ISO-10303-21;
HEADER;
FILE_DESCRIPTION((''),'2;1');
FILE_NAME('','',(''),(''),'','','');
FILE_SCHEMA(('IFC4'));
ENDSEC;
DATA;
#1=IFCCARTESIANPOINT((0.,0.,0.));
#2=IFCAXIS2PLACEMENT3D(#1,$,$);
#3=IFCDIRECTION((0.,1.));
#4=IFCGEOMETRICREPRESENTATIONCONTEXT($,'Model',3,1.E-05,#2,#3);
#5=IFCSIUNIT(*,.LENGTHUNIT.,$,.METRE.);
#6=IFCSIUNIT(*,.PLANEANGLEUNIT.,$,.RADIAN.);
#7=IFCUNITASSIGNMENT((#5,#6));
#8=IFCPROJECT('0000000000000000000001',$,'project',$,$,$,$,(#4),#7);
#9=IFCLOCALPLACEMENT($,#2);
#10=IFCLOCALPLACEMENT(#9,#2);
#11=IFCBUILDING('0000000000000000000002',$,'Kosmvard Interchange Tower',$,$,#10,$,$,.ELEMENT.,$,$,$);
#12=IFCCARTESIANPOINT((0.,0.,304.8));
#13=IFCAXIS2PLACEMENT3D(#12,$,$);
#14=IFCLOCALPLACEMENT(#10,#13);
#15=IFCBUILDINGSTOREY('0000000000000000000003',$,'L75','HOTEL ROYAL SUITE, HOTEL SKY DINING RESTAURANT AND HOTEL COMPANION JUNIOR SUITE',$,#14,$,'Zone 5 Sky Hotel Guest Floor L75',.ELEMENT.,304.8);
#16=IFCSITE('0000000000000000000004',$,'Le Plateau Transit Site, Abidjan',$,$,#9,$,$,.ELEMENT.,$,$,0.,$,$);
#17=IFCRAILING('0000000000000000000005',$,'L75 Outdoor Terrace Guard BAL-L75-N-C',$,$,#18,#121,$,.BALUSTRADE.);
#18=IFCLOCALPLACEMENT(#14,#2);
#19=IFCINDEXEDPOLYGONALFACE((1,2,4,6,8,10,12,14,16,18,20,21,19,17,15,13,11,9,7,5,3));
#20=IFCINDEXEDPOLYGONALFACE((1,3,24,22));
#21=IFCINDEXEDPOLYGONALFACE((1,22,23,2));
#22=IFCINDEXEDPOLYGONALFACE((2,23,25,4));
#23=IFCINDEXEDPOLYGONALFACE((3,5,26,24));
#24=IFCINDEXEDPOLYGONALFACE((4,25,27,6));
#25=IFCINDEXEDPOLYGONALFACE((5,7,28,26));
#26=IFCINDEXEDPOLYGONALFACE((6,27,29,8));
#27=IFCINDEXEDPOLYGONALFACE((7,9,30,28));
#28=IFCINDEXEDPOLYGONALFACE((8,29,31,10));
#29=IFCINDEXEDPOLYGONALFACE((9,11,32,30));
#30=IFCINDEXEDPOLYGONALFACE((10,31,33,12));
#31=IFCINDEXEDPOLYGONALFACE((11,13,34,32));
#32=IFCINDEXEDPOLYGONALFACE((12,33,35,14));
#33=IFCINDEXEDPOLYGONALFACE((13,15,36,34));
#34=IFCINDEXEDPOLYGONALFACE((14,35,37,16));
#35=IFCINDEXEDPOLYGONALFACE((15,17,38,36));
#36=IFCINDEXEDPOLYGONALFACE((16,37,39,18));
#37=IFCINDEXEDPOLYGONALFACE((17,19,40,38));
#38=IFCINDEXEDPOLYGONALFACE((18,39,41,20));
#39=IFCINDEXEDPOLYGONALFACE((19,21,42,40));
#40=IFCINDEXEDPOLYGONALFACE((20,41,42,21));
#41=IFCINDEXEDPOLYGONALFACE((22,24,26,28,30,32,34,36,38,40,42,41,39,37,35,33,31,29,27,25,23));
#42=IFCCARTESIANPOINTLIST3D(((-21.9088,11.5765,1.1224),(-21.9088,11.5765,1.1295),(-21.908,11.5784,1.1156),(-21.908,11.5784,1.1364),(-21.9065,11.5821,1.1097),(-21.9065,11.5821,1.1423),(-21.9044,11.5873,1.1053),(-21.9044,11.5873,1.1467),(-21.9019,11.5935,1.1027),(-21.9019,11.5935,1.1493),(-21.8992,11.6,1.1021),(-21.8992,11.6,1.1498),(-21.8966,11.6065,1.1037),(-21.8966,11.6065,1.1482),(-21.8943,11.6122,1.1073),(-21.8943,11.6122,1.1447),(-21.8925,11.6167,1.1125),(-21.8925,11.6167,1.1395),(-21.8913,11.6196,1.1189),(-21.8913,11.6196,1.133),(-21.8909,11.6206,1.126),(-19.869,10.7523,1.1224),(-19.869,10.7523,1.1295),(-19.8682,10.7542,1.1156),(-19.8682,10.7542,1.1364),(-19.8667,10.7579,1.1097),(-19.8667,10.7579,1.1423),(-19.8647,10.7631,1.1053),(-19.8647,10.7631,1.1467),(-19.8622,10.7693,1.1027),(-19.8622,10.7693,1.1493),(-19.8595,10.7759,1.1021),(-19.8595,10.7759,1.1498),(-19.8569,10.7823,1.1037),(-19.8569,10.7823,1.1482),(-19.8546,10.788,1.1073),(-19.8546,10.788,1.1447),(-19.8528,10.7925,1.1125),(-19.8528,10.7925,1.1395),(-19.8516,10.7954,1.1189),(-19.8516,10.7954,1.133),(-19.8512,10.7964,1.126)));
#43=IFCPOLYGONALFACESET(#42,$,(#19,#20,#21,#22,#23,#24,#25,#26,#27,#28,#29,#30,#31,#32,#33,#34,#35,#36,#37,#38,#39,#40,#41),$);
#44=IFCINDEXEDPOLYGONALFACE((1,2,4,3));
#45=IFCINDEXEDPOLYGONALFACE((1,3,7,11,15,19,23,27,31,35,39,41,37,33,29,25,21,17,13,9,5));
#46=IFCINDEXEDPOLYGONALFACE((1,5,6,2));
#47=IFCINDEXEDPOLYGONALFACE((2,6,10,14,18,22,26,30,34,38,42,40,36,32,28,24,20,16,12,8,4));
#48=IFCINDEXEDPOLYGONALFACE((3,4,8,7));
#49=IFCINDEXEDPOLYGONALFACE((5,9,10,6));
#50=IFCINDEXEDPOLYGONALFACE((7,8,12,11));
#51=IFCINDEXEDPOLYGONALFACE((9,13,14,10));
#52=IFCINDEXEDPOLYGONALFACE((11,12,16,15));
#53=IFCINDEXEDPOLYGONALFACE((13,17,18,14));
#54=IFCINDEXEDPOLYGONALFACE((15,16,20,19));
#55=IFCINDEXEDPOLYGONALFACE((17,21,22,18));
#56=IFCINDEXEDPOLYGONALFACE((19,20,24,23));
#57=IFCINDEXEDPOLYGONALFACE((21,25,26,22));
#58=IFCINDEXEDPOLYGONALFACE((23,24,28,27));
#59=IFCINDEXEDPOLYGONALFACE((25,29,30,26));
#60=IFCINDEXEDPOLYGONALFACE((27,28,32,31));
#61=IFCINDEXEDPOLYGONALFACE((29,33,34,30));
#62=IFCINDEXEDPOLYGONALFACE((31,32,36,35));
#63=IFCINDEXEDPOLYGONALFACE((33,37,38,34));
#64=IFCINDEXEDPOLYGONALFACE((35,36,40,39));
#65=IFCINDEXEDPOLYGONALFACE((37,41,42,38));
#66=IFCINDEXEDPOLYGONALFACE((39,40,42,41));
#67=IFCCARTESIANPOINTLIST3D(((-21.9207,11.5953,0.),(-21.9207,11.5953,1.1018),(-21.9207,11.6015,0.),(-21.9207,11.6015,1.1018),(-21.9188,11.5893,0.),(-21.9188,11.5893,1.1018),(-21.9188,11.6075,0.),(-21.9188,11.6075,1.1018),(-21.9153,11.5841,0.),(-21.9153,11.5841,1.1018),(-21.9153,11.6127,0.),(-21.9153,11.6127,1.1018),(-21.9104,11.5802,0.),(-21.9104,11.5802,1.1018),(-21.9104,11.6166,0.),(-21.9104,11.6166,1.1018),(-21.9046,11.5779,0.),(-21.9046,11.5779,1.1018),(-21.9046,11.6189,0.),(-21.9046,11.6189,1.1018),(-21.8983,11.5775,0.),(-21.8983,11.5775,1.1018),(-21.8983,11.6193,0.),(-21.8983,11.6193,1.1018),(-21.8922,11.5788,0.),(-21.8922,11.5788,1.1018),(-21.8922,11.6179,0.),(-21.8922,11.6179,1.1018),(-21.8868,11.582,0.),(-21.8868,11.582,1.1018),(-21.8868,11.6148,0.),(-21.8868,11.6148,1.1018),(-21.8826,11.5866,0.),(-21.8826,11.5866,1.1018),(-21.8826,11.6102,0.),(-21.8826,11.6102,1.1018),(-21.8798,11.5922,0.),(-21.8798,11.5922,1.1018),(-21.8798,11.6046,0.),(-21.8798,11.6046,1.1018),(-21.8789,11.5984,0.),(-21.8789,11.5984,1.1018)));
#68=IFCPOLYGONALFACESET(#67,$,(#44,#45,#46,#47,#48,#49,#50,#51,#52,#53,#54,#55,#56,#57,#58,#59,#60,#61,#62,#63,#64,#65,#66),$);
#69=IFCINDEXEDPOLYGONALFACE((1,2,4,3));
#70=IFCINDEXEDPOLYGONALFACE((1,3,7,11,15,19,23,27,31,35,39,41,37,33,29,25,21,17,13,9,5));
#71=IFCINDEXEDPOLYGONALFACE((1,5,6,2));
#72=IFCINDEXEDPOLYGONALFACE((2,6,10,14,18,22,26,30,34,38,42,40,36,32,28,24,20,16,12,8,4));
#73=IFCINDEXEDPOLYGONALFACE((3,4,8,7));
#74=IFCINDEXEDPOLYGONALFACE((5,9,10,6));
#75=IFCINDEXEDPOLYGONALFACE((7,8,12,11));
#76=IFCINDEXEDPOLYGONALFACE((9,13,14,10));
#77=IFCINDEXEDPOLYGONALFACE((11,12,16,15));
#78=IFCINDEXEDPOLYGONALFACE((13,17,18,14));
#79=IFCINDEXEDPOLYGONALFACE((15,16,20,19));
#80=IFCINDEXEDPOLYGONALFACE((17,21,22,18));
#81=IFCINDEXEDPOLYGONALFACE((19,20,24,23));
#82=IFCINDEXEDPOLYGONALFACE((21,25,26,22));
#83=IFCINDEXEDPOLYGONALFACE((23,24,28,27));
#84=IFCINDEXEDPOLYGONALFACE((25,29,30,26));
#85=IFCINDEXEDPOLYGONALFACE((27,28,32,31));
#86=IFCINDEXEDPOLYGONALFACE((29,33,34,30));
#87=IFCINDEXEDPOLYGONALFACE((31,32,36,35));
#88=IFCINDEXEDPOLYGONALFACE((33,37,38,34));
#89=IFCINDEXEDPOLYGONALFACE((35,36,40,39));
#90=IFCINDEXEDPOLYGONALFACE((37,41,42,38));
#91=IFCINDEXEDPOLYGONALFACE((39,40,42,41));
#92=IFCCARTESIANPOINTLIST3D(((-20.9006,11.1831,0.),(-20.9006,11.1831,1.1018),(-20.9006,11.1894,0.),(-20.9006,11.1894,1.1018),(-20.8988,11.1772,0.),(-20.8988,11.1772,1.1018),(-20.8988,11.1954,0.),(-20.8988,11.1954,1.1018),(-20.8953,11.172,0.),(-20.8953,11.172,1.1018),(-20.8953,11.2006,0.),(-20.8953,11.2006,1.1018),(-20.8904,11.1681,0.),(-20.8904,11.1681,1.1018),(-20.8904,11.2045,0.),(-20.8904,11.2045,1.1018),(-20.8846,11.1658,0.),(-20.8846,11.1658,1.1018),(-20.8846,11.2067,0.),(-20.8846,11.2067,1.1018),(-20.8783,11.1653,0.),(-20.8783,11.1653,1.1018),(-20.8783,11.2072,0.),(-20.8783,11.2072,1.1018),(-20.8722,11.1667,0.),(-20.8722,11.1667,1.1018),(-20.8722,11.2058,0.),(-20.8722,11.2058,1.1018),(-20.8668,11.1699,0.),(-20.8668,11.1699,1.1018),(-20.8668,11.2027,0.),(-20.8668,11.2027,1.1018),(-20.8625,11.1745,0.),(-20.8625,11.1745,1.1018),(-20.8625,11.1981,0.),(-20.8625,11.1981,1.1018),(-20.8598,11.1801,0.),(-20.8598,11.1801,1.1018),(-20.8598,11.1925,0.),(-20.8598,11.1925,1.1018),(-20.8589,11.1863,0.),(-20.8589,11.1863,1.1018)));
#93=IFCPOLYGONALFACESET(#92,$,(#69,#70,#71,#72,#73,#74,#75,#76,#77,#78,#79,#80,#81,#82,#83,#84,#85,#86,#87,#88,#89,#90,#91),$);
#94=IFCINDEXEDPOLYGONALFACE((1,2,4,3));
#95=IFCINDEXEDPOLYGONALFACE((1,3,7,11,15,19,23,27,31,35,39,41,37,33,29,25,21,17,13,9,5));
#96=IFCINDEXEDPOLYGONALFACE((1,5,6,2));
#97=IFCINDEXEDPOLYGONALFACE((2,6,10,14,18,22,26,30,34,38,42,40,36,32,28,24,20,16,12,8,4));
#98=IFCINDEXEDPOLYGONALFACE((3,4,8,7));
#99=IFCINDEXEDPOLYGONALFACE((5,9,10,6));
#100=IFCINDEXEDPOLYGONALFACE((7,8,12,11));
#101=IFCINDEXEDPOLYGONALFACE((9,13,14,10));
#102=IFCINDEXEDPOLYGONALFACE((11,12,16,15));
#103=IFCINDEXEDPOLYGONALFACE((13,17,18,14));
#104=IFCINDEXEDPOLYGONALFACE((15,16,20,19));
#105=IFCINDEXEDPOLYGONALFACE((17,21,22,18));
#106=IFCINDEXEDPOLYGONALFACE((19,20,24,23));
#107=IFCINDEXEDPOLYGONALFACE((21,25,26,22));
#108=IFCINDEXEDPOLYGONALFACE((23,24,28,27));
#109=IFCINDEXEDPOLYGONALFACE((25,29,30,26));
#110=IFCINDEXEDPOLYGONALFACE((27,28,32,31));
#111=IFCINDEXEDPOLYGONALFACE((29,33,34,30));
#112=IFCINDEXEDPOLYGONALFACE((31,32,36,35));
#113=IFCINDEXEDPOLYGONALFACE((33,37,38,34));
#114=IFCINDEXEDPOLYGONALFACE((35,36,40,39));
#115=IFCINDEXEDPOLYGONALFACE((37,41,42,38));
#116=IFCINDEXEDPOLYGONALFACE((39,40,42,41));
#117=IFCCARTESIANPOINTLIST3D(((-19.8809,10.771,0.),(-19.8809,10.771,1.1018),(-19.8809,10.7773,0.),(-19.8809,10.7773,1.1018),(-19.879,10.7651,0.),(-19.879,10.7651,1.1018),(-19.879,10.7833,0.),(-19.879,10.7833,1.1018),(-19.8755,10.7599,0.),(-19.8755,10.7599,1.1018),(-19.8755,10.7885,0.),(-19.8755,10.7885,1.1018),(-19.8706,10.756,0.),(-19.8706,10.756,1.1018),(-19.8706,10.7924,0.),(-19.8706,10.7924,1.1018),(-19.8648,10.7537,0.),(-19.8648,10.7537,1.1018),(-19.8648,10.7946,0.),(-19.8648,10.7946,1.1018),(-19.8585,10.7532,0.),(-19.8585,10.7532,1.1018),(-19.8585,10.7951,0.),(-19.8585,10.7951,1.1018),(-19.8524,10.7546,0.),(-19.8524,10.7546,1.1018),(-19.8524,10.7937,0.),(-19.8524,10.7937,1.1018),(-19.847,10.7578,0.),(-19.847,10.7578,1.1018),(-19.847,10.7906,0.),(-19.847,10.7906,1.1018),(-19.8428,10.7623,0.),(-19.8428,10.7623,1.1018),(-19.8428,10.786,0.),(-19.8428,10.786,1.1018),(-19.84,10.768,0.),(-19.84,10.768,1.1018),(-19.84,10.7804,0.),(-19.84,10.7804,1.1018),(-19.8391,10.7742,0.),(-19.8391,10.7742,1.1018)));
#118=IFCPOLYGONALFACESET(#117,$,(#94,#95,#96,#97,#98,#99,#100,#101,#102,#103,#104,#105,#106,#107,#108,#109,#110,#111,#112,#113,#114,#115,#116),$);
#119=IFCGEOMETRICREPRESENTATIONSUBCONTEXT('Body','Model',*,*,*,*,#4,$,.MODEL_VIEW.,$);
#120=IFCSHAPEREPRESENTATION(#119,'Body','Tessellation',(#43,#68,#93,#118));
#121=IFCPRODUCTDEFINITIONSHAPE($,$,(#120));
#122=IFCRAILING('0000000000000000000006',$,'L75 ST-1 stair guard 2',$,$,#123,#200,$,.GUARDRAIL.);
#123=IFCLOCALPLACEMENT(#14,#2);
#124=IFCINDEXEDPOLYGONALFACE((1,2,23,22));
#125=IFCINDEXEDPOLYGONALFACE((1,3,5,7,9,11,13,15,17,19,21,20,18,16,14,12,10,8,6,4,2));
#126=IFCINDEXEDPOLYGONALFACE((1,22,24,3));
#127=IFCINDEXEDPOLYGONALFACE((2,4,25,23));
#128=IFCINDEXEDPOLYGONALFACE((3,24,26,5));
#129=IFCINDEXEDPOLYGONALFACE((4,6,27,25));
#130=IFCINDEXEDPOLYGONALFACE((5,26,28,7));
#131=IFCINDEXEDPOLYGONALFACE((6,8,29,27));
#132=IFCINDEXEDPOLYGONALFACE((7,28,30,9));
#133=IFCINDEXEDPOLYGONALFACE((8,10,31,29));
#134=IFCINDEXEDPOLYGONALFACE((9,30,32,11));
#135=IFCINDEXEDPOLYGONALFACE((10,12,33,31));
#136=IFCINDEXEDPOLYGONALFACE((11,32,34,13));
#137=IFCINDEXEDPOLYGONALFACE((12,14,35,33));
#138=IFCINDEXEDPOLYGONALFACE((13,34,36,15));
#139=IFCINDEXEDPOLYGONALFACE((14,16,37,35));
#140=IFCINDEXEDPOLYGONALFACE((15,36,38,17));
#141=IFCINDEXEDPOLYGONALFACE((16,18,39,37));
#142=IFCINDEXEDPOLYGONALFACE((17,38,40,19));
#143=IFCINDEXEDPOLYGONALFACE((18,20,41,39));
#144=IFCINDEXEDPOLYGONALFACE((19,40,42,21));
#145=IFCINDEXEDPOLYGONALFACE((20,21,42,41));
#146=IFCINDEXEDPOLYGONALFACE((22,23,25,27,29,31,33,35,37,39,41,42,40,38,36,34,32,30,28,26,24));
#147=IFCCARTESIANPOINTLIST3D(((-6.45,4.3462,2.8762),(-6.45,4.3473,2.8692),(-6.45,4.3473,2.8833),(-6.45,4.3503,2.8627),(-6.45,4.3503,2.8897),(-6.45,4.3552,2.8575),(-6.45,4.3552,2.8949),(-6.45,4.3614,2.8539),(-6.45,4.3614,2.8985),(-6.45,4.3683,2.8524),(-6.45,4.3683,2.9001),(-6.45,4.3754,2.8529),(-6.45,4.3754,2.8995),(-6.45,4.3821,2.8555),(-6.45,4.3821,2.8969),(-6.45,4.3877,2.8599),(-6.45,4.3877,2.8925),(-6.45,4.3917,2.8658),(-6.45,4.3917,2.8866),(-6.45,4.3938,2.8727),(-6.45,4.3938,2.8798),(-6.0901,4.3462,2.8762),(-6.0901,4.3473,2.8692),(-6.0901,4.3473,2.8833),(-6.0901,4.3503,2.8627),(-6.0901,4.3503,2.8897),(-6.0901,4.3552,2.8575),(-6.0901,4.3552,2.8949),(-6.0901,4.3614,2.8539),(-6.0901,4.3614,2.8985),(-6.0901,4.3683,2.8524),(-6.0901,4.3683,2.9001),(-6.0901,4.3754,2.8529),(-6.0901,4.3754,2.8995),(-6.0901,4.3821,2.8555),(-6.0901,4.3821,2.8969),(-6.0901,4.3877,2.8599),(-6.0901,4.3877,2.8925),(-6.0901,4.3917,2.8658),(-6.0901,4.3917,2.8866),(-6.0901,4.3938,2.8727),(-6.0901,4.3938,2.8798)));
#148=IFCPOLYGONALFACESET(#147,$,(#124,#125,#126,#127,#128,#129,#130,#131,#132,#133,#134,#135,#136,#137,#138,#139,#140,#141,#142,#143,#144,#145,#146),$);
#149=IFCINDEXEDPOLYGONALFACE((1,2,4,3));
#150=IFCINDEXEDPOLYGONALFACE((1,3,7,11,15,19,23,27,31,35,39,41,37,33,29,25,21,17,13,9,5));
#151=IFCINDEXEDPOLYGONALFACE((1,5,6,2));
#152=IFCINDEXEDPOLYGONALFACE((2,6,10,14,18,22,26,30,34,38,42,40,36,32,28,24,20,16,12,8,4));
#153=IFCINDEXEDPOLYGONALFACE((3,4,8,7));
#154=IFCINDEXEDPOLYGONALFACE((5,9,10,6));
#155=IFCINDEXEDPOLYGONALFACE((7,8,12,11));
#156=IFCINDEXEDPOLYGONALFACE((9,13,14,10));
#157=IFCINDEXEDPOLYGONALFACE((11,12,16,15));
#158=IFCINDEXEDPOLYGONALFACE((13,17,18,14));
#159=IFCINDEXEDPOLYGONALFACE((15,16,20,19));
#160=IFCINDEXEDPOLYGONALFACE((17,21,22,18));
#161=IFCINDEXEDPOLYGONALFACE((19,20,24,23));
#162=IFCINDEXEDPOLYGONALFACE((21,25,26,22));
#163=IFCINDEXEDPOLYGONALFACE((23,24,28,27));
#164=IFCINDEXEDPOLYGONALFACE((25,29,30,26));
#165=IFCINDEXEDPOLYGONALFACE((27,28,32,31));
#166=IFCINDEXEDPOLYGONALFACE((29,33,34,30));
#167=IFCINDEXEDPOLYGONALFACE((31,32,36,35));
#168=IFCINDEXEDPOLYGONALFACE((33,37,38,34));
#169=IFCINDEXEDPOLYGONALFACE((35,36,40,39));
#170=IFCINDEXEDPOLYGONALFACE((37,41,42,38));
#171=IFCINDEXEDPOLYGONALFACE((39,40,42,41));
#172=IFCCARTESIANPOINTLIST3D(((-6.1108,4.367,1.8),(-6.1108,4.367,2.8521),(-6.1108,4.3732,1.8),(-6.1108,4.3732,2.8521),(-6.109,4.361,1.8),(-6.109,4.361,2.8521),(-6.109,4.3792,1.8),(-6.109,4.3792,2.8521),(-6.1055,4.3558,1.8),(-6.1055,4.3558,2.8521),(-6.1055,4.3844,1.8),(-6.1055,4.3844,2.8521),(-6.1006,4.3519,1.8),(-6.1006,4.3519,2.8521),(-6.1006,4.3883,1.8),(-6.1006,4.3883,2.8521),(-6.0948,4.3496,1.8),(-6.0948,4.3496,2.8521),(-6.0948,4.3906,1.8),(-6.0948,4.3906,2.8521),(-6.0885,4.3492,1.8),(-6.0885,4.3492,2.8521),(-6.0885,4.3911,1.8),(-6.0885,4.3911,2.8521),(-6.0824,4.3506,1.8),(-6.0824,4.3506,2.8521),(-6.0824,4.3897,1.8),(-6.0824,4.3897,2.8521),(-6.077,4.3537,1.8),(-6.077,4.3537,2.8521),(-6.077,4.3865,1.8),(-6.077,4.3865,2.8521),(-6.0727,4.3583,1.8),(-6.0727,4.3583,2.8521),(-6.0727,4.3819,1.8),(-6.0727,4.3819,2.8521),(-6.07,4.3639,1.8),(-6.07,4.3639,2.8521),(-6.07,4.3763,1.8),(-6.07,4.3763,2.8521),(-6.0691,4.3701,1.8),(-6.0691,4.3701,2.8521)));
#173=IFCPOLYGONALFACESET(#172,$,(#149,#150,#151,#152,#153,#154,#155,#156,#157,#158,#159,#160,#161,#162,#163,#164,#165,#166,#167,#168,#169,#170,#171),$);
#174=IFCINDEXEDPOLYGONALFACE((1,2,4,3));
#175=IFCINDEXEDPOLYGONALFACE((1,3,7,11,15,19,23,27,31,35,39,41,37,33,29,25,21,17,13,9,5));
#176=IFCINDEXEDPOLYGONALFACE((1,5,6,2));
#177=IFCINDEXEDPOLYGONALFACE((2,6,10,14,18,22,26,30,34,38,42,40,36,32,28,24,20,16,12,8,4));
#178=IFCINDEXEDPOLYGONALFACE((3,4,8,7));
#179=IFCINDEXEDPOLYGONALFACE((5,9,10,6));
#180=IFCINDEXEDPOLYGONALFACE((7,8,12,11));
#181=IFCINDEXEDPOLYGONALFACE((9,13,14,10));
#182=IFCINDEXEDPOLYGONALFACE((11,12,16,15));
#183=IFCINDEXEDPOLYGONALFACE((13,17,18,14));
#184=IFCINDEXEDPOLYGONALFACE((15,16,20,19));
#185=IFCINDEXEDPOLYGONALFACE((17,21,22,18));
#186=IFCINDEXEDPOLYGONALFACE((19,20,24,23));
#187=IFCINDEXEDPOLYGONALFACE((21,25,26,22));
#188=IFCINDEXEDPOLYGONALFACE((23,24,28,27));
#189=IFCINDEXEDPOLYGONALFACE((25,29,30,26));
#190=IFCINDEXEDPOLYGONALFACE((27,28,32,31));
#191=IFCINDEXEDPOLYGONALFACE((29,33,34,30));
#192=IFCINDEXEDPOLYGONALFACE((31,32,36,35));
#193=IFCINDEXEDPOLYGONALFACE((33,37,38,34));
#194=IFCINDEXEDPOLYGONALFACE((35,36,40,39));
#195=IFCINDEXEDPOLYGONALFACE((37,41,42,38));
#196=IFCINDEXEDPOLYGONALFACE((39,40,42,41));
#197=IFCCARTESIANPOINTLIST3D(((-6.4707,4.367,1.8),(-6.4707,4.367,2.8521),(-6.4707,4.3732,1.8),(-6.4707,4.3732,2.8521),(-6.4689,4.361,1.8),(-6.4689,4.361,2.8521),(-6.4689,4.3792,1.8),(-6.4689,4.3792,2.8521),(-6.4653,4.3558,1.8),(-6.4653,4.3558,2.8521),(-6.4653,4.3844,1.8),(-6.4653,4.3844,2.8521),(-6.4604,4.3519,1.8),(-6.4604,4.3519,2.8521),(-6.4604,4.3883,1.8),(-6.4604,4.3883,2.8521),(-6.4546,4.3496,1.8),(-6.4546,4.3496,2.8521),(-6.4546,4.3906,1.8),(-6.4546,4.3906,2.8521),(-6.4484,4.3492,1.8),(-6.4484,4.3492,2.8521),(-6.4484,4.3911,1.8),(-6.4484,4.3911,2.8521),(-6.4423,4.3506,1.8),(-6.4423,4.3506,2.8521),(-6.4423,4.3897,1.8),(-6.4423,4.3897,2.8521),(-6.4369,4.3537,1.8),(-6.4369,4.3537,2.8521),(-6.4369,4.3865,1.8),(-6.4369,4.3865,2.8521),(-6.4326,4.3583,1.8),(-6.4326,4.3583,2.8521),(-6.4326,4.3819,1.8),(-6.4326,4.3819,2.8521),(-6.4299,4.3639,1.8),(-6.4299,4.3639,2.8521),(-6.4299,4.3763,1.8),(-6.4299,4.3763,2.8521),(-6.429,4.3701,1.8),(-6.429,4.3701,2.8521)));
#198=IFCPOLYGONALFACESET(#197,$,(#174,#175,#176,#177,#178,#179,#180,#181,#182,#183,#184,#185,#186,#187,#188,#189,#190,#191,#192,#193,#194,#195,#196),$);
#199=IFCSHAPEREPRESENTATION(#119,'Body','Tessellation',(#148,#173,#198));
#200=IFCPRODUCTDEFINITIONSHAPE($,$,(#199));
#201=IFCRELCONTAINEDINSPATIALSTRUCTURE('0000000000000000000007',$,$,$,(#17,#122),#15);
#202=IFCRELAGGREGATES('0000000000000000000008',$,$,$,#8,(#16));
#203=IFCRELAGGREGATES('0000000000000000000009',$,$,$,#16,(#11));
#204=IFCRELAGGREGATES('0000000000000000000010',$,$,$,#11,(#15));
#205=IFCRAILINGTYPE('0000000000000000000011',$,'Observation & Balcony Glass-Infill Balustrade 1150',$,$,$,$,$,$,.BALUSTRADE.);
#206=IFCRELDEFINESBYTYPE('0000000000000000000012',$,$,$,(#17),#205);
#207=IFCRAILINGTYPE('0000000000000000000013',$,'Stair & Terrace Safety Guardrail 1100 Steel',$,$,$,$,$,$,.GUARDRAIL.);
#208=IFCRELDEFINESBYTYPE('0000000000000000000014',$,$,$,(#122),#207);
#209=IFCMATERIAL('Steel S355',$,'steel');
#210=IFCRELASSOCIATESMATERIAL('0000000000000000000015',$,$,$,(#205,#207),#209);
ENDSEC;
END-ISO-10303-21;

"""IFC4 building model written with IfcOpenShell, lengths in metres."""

from ifc_helpers import new_model, si_unit, direction, frame, origin, origin_2d, place, context, subcontext, project, spatial, circle, extrude, source, transform, mapped, material, type_object, element, save


model = new_model("IFC4")

# Units and contexts
model_context = context("Model", 3, precision=1e-05, world=origin(), true_north=direction((0.0, 1.0)))
body_context = subcontext(model_context, "Body", "Model", "MODEL_VIEW")
ifc_project = project(units=[si_unit("LENGTHUNIT", "METRE"), si_unit("PLANEANGLEUNIT", "RADIAN")], contexts=[model_context])

# Site, building, storey
site_placement = place(None, origin())
site = spatial("IfcSite", under=ifc_project, at=site_placement, Name="Le Plateau Transit Site, Abidjan", CompositionType="ELEMENT", RefElevation=0.0)
building_placement = place(site_placement, origin())
building = spatial("IfcBuilding", under=site, at=building_placement, Name="Kosmvard Interchange Tower", CompositionType="ELEMENT")
storey_placement = place(building_placement, frame((0.0, 0.0, 304.8)))
storey = spatial("IfcBuildingStorey", under=building, at=storey_placement, Name="L75", Description="HOTEL ROYAL SUITE, HOTEL SKY DINING RESTAURANT AND HOTEL COMPANION JUNIOR SUITE", LongName="Zone 5 Sky Hotel Guest Floor L75", CompositionType="ELEMENT", Elevation=304.8)

# Shared definitions
ifc_material_1 = material(Name="Steel S355", Category="steel")

# Railings
railing_type_1 = type_object("IfcRailingType", Name="Observation & Balcony Glass-Infill Balustrade 1150", PredefinedType="BALUSTRADE", material=ifc_material_1)
shared_shape_1 = source(origin(), body_context, "Body", "SweptSolid", [
    extrude(circle(Radius=0.0239, at=origin_2d()), frame((0.0, 0.0, 1.126), z_axis=(0.92717, -0.374641, 0.0), x_axis=(0.374641, 0.92717, 0.0)), (0.0, 0.0, 1.0), 2.2),
    extrude(circle(Radius=0.021, at=origin_2d()), origin(), (0.0, 0.0, 1.0), 1.1018),
    extrude(circle(Radius=0.021, at=origin_2d()), frame((1.02, -0.4121, 0.0)), (0.0, 0.0, 1.0), 1.1018),
    extrude(circle(Radius=0.021, at=origin_2d()), frame((2.0398, -0.8242, 0.0)), (0.0, 0.0, 1.0), 1.1018),
])
railing_1_placement = place(storey_placement, frame((-21.8999, 11.5984, 0.0)))
element("IfcRailing", 1, at=railing_1_placement, inside=storey, type_object=railing_type_1, Name="L75 Outdoor Terrace Guard BAL-L75-N-C", PredefinedType="BALUSTRADE", context=body_context, shape_type="MappedRepresentation", body=[
    mapped(shared_shape_1, transform((0.0, 0.0, 0.0), scale=1.0)),
])
railing_type_2 = type_object("IfcRailingType", Name="Stair & Terrace Safety Guardrail 1100 Steel", PredefinedType="GUARDRAIL", material=ifc_material_1)
shared_shape_2 = source(origin(), body_context, "Body", "SweptSolid", [
    extrude(circle(Radius=0.0239, at=origin_2d()), frame((0.0, 0.0, 1.0762), z_axis=(-1.0, 0.0, 0.0), x_axis=(0.0, -1.0, 0.0)), (0.0, 0.0, 1.0), 0.3599),
    extrude(circle(Radius=0.021, at=origin_2d()), origin(), (0.0, 0.0, 1.0), 1.052),
    extrude(circle(Radius=0.021, at=origin_2d()), frame((-0.3599, 0.0, 0.0)), (0.0, 0.0, 1.0), 1.052),
])
railing_2_placement = place(storey_placement, frame((-6.0901, 4.3701, 1.8)))
element("IfcRailing", 2, at=railing_2_placement, inside=storey, type_object=railing_type_2, Name="L75 ST-1 stair guard 2", PredefinedType="GUARDRAIL", context=body_context, shape_type="MappedRepresentation", body=[
    mapped(shared_shape_2, transform((0.0, 0.0, 0.0), scale=1.0)),
])

save(model, "model.ifc")
